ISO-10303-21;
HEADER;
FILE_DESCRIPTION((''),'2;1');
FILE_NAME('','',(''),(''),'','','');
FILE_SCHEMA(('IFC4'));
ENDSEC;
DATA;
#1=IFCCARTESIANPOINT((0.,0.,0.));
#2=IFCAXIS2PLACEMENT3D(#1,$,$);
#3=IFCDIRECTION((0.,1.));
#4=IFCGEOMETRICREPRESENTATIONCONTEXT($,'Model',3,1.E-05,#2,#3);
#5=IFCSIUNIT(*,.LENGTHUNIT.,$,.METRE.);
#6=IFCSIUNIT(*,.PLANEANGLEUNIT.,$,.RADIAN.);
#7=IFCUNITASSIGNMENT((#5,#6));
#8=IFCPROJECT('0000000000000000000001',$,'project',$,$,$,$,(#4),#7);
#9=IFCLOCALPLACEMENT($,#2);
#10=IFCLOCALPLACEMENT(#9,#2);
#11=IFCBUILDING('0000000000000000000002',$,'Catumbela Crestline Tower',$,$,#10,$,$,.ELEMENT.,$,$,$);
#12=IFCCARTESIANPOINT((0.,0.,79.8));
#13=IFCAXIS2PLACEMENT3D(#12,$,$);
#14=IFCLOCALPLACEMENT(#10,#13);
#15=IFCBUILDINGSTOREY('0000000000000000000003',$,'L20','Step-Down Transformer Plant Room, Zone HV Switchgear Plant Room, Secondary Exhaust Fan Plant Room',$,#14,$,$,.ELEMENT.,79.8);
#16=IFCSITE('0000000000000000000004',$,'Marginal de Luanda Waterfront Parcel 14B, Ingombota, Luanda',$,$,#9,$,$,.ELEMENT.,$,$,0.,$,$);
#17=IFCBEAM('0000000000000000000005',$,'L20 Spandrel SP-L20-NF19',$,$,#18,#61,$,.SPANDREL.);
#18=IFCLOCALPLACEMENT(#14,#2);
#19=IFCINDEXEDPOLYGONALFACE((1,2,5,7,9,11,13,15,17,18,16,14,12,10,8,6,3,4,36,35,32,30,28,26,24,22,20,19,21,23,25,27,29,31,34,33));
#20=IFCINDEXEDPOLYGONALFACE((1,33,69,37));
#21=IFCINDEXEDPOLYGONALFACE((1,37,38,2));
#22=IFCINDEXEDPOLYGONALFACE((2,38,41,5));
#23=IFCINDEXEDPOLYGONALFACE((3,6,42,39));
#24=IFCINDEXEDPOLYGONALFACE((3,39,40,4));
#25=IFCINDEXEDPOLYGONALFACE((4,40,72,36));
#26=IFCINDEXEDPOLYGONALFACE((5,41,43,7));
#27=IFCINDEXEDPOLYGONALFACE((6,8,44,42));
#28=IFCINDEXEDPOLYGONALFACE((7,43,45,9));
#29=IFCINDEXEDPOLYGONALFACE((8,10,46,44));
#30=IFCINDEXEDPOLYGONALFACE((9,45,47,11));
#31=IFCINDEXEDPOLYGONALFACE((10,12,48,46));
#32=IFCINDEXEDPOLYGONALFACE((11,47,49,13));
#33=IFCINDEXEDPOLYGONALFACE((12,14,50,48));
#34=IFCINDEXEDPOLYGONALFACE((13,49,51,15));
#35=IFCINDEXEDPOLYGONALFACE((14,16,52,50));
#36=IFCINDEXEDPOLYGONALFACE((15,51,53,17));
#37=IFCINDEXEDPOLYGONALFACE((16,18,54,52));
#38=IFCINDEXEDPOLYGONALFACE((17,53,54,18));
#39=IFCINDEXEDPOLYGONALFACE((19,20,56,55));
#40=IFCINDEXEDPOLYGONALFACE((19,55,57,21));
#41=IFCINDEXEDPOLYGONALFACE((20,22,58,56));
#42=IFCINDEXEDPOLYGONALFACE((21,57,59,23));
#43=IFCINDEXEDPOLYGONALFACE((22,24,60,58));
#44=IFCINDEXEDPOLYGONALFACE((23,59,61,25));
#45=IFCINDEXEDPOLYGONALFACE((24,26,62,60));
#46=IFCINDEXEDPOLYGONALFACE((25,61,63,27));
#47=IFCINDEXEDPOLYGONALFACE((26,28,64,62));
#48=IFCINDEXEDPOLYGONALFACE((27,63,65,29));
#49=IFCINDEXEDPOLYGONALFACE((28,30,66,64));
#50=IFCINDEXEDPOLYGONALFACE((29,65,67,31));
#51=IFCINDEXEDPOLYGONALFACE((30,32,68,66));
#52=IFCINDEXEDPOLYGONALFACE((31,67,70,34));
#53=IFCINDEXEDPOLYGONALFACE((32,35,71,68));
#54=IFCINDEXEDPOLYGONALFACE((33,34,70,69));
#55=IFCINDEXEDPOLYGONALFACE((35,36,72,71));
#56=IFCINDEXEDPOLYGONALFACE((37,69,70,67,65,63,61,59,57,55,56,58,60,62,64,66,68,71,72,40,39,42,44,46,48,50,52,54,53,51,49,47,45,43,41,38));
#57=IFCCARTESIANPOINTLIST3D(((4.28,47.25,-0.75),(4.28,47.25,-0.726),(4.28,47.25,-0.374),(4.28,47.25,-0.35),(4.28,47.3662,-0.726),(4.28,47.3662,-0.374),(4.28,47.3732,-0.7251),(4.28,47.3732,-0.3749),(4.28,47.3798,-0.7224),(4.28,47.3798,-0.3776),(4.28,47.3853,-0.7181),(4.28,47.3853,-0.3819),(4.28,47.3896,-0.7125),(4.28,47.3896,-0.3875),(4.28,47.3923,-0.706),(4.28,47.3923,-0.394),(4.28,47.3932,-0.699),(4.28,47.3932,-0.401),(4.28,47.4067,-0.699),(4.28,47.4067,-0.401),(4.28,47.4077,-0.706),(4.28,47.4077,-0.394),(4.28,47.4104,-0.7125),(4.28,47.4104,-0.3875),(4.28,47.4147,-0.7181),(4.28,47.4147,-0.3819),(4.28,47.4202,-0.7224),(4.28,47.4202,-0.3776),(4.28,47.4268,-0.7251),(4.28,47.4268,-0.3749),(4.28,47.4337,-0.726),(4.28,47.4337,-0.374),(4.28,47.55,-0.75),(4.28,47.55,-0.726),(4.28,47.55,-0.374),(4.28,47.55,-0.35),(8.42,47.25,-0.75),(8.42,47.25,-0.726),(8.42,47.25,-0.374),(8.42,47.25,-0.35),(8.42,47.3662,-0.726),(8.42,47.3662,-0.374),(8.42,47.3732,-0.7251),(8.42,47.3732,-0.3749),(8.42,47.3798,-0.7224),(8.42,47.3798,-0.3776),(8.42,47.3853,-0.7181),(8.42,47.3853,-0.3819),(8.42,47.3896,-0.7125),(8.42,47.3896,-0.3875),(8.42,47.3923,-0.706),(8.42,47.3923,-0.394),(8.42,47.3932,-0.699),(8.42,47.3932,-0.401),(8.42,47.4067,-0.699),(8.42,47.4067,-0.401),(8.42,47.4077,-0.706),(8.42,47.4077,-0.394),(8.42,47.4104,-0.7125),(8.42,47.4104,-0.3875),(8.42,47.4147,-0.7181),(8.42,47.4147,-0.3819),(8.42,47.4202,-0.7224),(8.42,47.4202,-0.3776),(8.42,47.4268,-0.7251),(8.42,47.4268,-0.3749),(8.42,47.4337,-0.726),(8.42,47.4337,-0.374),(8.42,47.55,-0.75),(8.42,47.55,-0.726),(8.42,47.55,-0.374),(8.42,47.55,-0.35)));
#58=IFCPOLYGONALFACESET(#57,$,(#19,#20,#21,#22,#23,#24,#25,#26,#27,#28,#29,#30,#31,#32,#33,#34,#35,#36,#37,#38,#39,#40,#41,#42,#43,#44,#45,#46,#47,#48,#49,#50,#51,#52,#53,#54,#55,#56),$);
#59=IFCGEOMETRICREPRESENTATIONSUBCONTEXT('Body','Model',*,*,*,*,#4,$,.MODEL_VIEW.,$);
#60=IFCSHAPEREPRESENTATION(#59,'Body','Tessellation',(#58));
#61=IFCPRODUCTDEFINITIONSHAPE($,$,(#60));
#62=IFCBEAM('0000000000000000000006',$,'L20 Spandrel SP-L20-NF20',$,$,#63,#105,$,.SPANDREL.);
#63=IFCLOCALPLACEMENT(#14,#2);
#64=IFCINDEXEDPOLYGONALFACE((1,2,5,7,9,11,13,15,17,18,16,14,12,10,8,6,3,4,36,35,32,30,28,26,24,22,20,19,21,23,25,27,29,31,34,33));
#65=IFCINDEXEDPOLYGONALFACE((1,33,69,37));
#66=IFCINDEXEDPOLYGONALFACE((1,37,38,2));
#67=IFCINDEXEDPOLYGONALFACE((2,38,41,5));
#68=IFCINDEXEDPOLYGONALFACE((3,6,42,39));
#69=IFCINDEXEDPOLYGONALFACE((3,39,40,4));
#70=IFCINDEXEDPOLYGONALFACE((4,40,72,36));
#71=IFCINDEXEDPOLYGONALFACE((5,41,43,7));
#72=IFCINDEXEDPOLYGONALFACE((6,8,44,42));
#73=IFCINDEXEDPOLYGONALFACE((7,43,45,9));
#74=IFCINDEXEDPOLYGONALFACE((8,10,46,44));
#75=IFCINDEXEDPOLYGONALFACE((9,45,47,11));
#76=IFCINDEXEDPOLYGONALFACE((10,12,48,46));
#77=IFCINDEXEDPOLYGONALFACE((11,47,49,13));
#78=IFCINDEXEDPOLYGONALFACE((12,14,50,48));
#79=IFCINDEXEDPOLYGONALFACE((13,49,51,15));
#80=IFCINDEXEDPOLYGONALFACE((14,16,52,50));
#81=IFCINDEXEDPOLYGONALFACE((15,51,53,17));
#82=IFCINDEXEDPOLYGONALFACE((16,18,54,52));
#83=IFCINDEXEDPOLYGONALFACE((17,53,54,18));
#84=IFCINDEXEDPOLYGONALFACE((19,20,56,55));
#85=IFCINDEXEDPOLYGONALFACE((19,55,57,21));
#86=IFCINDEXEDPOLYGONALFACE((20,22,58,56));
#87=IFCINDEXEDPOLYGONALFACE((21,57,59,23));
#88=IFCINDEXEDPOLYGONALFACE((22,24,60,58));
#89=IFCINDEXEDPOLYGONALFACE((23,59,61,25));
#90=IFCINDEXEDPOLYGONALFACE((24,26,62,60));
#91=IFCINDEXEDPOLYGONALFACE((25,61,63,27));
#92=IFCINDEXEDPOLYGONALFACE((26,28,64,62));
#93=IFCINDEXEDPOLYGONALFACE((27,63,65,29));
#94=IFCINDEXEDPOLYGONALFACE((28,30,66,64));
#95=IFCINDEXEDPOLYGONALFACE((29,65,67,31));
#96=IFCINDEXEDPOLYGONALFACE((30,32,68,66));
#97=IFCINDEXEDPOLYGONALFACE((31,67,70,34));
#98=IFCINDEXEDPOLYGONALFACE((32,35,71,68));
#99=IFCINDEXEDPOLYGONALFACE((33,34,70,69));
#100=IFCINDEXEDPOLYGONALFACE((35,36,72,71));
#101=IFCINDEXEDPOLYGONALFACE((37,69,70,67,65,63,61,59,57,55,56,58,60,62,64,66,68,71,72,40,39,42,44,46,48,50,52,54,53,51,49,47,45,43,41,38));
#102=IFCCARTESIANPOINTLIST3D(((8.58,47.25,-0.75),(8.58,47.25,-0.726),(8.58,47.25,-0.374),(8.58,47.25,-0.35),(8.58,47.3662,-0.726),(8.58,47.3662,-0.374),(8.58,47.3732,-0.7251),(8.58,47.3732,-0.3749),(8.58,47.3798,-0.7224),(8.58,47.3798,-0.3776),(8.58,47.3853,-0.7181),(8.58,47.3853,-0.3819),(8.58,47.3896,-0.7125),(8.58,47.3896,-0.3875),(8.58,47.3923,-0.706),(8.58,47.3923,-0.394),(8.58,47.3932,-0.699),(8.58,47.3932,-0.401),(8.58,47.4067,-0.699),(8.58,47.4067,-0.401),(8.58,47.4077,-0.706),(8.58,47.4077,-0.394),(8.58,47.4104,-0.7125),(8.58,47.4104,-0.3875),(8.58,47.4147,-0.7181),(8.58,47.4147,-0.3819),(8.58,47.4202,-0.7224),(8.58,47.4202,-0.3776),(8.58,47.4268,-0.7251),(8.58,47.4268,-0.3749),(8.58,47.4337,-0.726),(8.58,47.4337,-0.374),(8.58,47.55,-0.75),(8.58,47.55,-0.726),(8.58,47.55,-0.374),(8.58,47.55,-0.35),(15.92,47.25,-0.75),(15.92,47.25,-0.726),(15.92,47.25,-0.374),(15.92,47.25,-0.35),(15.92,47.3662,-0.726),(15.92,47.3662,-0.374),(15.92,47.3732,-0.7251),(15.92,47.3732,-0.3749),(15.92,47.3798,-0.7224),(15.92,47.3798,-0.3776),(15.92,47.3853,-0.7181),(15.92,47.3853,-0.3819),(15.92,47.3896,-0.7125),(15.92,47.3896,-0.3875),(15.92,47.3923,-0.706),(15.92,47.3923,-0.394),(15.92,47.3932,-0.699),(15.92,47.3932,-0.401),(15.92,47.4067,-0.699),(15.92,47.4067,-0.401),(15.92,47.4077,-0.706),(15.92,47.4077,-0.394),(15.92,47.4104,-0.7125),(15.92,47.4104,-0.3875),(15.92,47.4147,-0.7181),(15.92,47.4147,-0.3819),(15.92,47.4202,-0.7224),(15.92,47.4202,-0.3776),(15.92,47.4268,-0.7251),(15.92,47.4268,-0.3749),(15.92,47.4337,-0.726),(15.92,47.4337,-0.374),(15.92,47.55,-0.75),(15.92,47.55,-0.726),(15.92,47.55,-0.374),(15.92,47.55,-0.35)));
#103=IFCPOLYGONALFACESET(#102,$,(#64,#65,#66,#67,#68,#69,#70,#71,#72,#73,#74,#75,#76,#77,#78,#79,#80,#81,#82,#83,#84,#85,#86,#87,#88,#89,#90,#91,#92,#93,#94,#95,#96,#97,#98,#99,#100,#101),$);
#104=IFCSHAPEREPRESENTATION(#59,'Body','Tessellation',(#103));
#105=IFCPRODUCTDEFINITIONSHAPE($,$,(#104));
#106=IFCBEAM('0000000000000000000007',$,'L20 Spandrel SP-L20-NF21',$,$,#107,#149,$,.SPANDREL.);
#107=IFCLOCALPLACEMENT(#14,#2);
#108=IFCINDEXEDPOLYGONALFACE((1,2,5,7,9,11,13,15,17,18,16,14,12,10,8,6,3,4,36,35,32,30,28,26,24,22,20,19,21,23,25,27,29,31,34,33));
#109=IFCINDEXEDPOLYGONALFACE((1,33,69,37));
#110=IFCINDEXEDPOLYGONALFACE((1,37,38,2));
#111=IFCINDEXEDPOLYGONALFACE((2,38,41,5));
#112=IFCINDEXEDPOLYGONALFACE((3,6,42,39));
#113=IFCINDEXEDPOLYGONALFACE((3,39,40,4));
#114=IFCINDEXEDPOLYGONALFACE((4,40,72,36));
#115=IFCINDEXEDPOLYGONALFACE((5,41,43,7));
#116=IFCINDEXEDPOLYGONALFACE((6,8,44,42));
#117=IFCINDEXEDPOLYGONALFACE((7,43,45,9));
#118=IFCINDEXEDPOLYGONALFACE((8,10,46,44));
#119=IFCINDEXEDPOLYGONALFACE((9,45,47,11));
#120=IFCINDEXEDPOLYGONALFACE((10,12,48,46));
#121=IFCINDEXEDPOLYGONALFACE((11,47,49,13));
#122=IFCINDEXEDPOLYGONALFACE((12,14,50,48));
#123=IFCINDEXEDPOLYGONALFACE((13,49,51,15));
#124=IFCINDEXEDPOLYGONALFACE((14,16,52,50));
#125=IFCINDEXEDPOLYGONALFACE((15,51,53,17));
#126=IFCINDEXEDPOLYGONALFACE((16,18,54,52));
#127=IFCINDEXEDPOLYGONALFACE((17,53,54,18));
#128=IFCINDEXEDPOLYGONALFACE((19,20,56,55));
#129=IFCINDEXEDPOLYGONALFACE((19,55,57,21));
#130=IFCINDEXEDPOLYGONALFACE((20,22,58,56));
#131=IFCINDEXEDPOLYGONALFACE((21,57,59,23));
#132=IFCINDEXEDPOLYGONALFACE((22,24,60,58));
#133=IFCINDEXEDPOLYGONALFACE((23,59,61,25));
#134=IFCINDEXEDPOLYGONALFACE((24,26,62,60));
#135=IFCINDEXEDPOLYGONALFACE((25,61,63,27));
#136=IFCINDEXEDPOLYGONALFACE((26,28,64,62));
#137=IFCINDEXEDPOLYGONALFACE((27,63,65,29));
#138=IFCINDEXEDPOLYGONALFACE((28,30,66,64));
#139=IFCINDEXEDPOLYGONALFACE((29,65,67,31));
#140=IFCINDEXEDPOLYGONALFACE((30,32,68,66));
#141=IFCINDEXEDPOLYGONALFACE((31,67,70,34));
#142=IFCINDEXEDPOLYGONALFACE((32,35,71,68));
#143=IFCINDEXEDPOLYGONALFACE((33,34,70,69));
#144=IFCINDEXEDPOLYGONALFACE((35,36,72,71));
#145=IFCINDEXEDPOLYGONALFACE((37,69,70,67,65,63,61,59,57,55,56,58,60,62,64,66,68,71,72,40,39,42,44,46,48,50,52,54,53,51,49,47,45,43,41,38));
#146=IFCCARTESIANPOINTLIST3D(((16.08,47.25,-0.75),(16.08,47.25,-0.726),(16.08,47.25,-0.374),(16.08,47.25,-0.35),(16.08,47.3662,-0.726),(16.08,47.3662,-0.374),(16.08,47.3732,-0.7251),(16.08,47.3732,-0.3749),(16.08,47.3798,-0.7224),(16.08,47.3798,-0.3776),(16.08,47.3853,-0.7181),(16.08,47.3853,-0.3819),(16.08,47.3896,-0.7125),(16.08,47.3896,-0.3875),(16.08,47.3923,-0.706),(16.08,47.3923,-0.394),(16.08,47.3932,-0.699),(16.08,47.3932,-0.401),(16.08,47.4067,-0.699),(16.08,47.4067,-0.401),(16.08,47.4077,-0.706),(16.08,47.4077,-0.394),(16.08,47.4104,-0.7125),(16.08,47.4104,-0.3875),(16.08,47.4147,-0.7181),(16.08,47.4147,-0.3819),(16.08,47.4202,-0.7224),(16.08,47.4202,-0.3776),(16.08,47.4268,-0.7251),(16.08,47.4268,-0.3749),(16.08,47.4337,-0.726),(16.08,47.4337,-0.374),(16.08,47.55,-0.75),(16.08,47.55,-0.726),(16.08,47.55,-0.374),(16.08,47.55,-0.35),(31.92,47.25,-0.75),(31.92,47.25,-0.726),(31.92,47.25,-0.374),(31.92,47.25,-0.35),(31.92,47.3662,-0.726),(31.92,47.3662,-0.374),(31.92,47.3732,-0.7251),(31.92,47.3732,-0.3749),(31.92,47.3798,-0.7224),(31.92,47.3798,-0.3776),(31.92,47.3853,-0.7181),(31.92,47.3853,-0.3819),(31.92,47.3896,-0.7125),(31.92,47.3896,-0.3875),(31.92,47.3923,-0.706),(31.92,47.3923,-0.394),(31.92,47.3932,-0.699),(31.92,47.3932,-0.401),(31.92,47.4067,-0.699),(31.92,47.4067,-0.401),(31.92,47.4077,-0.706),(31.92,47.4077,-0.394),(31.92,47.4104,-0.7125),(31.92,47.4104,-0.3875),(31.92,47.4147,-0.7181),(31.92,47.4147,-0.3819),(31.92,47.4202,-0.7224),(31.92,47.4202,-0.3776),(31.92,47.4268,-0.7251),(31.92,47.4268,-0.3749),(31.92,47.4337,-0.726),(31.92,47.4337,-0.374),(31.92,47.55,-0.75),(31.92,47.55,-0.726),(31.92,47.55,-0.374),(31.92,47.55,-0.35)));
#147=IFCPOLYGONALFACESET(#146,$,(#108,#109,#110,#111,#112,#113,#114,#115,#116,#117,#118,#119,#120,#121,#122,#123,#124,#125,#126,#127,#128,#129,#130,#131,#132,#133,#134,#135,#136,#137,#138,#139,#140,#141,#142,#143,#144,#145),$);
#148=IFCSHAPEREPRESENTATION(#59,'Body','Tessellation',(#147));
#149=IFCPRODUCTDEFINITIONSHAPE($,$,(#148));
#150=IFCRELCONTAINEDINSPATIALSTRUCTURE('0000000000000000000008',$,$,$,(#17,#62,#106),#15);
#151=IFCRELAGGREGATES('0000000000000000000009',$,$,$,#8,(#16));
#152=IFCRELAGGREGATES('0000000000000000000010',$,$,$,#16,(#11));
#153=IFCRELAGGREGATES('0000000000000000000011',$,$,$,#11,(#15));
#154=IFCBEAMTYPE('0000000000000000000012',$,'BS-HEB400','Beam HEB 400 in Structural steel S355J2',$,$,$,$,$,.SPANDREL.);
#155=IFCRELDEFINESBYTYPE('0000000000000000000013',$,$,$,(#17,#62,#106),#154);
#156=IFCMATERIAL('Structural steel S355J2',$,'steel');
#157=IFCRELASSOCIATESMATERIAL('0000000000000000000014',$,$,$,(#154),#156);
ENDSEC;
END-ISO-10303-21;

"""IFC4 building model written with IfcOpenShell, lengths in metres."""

from ifc_helpers import new_model, si_unit, direction, frame, origin, origin_2d, place, context, subcontext, project, spatial, i_section, extrude, material, material_profile, profile_set, type_object, element, save


model = new_model("IFC4")

# Units and contexts
model_context = context("Model", 3, precision=1e-05, world=origin(), true_north=direction((0.0, 1.0)))
body_context = subcontext(model_context, "Body", "Model", "MODEL_VIEW")
ifc_project = project(units=[si_unit("LENGTHUNIT", "METRE"), si_unit("PLANEANGLEUNIT", "RADIAN")], contexts=[model_context])

# Site, building, storey
site_placement = place(None, origin())
site = spatial("IfcSite", under=ifc_project, at=site_placement, Name="Marginal de Luanda Waterfront Parcel 14B, Ingombota, Luanda", CompositionType="ELEMENT", RefElevation=0.0)
building_placement = place(site_placement, origin())
building = spatial("IfcBuilding", under=site, at=building_placement, Name="Catumbela Crestline Tower", CompositionType="ELEMENT")
storey_placement = place(building_placement, frame((0.0, 0.0, 79.8)))
storey = spatial("IfcBuildingStorey", under=building, at=storey_placement, Name="L20", Description="Step-Down Transformer Plant Room, Zone HV Switchgear Plant Room, Secondary Exhaust Fan Plant Room", CompositionType="ELEMENT", Elevation=79.8)

# Beams
ifc_material_1 = material(Name="Structural steel S355J2", Category="steel")
ifc_material_profile_1 = material_profile(ifc_material_1, i_section(OverallWidth=0.3, OverallDepth=0.4, WebThickness=0.0135, FlangeThickness=0.024, FilletRadius=0.027, at=origin_2d()), Name="HEB 400")
ifc_profile_set_1 = profile_set([ifc_material_profile_1], Name="Structural steel S355J2")
beam_type_1 = type_object("IfcBeamType", Name="BS-HEB400", Description="Beam HEB 400 in Structural steel S355J2", PredefinedType="SPANDREL", material=ifc_profile_set_1)
beam_1_placement = place(storey_placement, frame((4.28, 47.4, -0.55), z_axis=(1.0, 0.0, 0.0), x_axis=(0.0, 1.0, 0.0)))
element("IfcBeam", 1, at=beam_1_placement, inside=storey, type_object=beam_type_1, Name="L20 Spandrel SP-L20-NF19", PredefinedType="SPANDREL", context=body_context, shape_type="SweptSolid", body=[
    extrude(i_section(OverallWidth=0.3, OverallDepth=0.4, WebThickness=0.0135, FlangeThickness=0.024, FilletRadius=0.027, at=origin_2d()), origin(), (0.0, 0.0, 1.0), 4.14),
])
beam_2_placement = place(storey_placement, frame((8.58, 47.4, -0.55), z_axis=(1.0, 0.0, 0.0), x_axis=(0.0, 1.0, 0.0)))
element("IfcBeam", 2, at=beam_2_placement, inside=storey, type_object=beam_type_1, Name="L20 Spandrel SP-L20-NF20", PredefinedType="SPANDREL", context=body_context, shape_type="SweptSolid", body=[
    extrude(i_section(OverallWidth=0.3, OverallDepth=0.4, WebThickness=0.0135, FlangeThickness=0.024, FilletRadius=0.027, at=origin_2d()), origin(), (0.0, 0.0, 1.0), 7.34),
])
beam_3_placement = place(storey_placement, frame((16.08, 47.4, -0.55), z_axis=(1.0, 0.0, 0.0), x_axis=(0.0, 1.0, 0.0)))
element("IfcBeam", 3, at=beam_3_placement, inside=storey, type_object=beam_type_1, Name="L20 Spandrel SP-L20-NF21", PredefinedType="SPANDREL", context=body_context, shape_type="SweptSolid", body=[
    extrude(i_section(OverallWidth=0.3, OverallDepth=0.4, WebThickness=0.0135, FlangeThickness=0.024, FilletRadius=0.027, at=origin_2d()), origin(), (0.0, 0.0, 1.0), 15.84),
])

save(model, "model.ifc")
